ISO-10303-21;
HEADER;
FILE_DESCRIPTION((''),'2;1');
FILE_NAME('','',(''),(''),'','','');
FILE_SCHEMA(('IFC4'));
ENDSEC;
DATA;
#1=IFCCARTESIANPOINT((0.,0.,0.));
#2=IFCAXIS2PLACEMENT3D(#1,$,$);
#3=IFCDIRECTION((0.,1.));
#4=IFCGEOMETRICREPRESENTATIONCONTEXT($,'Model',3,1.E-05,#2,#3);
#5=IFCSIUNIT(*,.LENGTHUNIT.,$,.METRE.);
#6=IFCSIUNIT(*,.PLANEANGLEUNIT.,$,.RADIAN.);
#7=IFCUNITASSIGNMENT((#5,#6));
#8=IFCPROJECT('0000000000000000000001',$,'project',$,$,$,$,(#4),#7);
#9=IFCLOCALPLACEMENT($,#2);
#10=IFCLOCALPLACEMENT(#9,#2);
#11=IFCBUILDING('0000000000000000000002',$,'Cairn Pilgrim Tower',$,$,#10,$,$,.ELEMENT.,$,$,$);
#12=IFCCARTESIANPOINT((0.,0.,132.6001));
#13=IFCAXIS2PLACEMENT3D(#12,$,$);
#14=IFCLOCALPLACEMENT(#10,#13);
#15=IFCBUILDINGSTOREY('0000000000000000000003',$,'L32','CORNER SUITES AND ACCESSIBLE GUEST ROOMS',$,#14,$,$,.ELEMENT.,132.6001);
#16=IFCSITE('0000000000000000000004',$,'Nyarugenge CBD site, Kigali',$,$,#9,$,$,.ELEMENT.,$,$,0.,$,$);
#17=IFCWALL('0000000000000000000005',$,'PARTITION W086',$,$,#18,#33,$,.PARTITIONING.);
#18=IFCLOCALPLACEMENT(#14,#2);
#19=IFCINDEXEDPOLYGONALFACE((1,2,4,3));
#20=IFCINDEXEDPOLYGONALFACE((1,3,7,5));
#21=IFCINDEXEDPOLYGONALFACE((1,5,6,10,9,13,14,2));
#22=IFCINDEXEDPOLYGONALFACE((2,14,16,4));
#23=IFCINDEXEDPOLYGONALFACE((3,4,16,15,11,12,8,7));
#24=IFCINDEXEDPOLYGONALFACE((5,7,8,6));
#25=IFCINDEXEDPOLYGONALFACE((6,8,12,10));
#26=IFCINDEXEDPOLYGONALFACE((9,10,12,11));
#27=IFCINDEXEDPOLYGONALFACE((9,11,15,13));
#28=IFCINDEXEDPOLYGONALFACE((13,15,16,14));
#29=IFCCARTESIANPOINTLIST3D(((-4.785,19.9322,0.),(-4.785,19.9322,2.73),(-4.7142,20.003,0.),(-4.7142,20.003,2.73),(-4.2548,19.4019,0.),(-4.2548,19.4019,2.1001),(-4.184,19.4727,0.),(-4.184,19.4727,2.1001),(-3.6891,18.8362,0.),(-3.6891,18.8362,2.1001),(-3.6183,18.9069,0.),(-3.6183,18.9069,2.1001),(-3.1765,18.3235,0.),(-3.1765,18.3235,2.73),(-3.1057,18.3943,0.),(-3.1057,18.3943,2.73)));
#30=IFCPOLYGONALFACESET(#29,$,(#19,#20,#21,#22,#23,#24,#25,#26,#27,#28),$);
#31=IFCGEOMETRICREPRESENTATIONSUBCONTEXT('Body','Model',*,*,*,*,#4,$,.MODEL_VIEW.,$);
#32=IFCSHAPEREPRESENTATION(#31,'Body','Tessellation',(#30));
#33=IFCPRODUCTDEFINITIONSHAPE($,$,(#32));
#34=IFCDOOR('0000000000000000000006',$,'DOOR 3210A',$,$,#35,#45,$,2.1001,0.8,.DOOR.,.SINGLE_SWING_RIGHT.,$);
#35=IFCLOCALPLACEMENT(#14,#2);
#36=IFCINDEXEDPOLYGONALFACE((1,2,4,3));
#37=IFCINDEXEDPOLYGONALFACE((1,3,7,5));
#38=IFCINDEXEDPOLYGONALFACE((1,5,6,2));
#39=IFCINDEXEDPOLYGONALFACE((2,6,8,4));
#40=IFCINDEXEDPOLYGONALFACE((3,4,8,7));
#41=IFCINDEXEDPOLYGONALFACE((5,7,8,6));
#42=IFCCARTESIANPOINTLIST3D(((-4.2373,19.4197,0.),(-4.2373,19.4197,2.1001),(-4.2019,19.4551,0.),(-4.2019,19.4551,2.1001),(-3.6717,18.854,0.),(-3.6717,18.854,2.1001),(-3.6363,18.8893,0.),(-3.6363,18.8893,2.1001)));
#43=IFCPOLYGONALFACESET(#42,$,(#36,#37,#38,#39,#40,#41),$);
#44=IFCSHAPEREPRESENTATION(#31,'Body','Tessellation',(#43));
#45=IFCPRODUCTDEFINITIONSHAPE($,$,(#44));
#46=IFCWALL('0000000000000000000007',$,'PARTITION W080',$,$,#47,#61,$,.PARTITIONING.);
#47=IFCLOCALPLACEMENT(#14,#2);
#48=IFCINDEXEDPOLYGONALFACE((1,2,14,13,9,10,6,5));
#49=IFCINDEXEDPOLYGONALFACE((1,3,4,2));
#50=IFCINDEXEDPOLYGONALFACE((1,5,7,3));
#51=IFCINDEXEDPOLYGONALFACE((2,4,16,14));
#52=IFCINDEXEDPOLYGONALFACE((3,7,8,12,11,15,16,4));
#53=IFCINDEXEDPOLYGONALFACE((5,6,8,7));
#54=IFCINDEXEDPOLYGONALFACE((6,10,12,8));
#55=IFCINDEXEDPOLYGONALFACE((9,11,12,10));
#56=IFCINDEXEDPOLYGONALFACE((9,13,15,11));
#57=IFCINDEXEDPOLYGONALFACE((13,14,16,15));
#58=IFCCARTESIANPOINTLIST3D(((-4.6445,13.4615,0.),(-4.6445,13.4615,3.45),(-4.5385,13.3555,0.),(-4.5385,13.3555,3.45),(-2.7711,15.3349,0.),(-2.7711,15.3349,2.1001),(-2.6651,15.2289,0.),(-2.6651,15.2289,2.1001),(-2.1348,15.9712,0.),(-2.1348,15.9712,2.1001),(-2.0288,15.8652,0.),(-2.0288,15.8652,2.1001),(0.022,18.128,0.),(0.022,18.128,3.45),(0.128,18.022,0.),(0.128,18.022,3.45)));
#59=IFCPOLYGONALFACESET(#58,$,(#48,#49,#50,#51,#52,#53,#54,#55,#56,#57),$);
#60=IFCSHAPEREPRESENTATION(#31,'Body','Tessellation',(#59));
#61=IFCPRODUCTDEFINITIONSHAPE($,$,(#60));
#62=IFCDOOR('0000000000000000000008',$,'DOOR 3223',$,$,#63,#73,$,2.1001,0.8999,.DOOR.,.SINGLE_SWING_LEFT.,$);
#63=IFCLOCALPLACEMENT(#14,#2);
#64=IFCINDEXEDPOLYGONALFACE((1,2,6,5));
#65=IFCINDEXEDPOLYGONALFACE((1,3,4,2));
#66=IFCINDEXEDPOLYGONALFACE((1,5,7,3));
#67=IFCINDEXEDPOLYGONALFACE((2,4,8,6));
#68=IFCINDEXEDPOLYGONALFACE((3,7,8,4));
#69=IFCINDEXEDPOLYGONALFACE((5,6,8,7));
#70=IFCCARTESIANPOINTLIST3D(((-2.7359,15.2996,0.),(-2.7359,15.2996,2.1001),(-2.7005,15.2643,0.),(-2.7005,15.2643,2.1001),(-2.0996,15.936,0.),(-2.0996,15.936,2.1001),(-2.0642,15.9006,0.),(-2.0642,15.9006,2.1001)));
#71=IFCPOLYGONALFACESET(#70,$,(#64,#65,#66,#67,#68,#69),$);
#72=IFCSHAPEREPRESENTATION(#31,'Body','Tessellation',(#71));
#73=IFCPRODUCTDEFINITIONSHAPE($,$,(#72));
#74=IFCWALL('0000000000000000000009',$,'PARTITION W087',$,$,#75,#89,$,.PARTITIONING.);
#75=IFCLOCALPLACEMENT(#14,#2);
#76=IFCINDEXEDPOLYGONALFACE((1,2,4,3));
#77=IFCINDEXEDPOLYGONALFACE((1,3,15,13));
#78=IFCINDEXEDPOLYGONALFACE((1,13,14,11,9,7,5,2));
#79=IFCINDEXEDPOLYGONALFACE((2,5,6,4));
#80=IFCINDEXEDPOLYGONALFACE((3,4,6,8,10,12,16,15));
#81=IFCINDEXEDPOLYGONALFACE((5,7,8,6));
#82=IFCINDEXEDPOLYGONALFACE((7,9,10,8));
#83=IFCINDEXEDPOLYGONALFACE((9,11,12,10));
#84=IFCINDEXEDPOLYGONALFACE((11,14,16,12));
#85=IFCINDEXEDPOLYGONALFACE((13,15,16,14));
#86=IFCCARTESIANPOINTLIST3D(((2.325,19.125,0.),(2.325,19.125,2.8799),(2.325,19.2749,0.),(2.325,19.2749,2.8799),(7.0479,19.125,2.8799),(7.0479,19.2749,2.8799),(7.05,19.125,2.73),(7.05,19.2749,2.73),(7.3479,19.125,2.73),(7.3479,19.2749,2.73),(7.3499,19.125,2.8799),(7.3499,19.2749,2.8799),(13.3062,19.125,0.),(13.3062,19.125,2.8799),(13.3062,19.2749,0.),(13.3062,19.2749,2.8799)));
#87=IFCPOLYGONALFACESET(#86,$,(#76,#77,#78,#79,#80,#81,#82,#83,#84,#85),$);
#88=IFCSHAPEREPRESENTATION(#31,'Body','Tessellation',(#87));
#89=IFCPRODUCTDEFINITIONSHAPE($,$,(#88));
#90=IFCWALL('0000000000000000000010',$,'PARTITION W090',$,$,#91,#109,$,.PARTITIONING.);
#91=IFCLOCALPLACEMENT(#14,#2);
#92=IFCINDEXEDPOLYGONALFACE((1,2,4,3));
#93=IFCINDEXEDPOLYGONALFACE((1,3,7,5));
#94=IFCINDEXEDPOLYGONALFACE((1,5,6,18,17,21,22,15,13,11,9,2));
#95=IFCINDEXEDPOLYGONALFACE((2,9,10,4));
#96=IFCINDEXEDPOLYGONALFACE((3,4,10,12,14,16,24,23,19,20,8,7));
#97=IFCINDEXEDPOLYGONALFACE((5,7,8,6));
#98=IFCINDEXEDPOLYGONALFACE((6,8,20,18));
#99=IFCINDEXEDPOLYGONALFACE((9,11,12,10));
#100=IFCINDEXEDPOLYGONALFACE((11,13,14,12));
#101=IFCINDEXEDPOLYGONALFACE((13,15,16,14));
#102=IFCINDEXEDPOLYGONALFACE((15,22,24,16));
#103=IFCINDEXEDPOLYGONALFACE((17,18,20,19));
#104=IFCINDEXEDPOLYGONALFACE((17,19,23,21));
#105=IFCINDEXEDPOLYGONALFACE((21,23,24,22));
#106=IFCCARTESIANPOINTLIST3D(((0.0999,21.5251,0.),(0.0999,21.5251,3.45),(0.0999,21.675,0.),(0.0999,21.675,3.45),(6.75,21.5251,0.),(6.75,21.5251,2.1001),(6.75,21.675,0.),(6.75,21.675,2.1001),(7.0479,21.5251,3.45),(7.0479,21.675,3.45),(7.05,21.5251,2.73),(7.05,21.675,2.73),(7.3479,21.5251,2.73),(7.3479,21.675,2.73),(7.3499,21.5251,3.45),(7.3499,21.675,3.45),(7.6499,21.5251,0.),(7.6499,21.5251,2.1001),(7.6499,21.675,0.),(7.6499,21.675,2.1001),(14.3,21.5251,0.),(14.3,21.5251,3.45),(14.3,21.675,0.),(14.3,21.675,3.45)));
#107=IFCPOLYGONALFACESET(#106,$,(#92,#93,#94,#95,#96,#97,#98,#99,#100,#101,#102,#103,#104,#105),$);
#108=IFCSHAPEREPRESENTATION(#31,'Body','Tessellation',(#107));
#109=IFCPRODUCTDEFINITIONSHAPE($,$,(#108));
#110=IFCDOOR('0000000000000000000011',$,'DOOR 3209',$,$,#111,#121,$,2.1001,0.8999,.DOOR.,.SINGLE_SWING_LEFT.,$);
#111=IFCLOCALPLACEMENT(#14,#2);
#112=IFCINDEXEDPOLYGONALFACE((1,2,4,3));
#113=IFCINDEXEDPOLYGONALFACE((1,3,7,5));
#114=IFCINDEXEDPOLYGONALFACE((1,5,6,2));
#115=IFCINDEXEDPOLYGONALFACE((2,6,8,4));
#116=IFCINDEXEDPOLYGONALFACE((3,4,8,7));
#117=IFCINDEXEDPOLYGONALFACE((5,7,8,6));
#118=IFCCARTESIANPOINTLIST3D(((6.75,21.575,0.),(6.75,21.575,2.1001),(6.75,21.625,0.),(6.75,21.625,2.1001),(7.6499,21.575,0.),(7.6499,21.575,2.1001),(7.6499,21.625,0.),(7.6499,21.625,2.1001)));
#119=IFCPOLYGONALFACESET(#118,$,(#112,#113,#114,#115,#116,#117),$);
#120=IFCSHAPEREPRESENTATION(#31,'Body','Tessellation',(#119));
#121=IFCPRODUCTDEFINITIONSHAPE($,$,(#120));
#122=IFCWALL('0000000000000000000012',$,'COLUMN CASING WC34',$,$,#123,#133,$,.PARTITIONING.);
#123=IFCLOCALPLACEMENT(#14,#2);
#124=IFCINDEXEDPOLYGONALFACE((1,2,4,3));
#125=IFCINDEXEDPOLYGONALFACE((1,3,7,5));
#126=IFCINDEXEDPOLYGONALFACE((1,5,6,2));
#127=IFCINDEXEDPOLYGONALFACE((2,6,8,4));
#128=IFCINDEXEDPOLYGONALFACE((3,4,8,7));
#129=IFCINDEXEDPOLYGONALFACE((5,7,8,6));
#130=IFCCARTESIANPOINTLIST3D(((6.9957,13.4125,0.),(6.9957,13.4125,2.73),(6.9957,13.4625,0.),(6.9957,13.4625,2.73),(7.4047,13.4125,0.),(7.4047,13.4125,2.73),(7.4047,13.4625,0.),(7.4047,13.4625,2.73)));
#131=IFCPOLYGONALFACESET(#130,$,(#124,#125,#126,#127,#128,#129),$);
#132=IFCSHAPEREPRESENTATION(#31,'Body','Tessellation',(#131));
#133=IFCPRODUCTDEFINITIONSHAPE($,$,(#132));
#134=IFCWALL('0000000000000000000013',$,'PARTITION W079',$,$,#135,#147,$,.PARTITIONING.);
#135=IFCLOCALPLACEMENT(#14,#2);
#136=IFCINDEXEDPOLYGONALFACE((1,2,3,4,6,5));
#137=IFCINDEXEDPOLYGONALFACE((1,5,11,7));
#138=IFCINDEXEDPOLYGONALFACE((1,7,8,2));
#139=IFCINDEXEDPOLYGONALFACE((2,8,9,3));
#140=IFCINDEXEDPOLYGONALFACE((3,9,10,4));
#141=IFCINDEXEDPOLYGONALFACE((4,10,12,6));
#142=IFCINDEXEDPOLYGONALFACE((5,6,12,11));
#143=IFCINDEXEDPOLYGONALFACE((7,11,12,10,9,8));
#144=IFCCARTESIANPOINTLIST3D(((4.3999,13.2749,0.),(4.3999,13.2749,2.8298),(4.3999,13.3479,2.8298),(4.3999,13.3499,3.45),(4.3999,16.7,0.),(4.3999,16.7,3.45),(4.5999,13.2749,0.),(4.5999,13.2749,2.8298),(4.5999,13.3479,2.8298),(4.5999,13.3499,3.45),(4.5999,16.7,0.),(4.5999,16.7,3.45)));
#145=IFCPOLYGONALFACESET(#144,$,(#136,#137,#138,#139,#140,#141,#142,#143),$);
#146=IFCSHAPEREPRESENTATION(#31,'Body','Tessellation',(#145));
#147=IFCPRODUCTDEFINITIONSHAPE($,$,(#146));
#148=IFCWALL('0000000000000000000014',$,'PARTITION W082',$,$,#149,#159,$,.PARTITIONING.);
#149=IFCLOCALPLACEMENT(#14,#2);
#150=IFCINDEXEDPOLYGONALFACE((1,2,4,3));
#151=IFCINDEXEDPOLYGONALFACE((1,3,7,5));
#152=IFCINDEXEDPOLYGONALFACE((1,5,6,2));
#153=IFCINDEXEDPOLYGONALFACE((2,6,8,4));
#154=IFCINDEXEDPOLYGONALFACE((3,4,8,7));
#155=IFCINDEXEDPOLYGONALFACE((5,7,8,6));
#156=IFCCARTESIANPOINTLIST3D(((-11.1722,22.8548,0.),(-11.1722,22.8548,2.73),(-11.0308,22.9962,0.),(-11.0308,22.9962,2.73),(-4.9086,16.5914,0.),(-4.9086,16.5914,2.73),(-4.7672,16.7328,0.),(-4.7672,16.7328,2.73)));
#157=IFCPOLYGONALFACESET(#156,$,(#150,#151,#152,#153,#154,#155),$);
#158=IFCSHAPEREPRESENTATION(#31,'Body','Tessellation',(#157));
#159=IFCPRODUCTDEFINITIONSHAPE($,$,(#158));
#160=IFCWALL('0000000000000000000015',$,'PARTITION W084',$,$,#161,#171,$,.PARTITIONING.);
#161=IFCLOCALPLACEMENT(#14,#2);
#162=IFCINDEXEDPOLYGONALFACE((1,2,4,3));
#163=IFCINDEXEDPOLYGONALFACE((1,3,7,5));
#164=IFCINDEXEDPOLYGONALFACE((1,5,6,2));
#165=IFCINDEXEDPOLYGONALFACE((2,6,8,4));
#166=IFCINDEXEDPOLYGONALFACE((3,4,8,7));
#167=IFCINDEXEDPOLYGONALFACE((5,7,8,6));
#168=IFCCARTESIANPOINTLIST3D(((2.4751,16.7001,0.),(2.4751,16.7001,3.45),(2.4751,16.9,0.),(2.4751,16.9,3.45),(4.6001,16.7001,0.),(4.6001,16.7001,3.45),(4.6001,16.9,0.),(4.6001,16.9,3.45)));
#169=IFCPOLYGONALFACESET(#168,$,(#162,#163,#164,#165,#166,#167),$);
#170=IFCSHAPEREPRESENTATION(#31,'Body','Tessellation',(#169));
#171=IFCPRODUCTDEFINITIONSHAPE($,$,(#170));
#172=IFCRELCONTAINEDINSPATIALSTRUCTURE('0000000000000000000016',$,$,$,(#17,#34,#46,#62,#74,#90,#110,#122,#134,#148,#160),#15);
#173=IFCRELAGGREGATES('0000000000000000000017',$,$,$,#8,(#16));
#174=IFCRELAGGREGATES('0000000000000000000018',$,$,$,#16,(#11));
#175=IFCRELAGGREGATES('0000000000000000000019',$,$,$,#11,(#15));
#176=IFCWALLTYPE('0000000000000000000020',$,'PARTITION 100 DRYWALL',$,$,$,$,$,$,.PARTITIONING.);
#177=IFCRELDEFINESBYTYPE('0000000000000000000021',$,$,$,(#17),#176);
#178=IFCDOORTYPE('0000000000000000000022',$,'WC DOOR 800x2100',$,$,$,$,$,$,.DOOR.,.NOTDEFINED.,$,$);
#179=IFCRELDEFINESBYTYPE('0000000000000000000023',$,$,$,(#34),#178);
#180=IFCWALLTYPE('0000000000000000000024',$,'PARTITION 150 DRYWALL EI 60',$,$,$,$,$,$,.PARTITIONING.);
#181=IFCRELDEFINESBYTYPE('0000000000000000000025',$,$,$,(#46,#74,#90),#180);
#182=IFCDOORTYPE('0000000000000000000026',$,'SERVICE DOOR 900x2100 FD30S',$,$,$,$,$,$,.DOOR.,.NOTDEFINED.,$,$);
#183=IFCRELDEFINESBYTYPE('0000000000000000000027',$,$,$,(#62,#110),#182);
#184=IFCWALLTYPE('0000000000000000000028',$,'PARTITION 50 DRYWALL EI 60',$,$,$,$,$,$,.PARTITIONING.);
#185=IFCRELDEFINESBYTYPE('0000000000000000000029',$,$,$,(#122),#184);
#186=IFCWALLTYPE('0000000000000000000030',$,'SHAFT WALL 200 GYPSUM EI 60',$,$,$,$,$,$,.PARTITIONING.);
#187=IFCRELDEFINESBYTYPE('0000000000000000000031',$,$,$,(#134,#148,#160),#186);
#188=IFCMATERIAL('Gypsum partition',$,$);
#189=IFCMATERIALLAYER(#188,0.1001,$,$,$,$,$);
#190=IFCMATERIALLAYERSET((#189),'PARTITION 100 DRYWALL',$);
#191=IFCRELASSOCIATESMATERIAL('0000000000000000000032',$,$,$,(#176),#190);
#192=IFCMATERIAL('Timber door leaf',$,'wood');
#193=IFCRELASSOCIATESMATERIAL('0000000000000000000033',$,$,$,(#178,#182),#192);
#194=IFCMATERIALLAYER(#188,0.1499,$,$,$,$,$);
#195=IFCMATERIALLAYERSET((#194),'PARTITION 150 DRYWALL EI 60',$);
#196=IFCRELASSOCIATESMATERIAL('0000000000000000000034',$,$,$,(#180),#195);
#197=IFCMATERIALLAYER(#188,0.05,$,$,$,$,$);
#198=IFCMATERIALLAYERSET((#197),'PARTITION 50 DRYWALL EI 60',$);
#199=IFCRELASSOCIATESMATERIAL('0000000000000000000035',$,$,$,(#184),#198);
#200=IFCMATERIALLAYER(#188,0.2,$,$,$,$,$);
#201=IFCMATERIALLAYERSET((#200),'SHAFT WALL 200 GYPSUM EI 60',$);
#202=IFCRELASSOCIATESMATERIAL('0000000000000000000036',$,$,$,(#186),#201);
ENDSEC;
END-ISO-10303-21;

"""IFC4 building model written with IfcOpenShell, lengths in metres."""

from ifc_helpers import new_model, si_unit, direction, frame, frame_2d, origin, place, context, subcontext, project, spatial, polyline, rectangle, outline, extrude, material, layer, layer_set, type_object, element, fill, save


model = new_model("IFC4")

# Units and contexts
model_context = context("Model", 3, precision=1e-05, world=origin(), true_north=direction((0.0, 1.0)))
body_context = subcontext(model_context, "Body", "Model", "MODEL_VIEW")
ifc_project = project(units=[si_unit("LENGTHUNIT", "METRE"), si_unit("PLANEANGLEUNIT", "RADIAN")], contexts=[model_context])

# Site, building, storey
site_placement = place(None, origin())
site = spatial("IfcSite", under=ifc_project, at=site_placement, Name="Nyarugenge CBD site, Kigali", CompositionType="ELEMENT", RefElevation=0.0)
building_placement = place(site_placement, origin())
building = spatial("IfcBuilding", under=site, at=building_placement, Name="Cairn Pilgrim Tower", CompositionType="ELEMENT")
storey_placement = place(building_placement, frame((0.0, 0.0, 132.6001)))
storey = spatial("IfcBuildingStorey", under=building, at=storey_placement, Name="L32", Description="CORNER SUITES AND ACCESSIBLE GUEST ROOMS", CompositionType="ELEMENT", Elevation=132.6001)

# Shared definitions
ifc_material_1 = material(Name="Gypsum partition")
ifc_layer_1 = layer(ifc_material_1, 0.1001)
ifc_layer_set_1 = layer_set([ifc_layer_1], Name="PARTITION 100 DRYWALL")
wall_type_1 = type_object("IfcWallType", Name="PARTITION 100 DRYWALL", PredefinedType="PARTITIONING", material=ifc_layer_set_1)

# Walls, openings, doors
wall_1_placement = place(storey_placement, frame((-3.1411, 18.3589, 0.0), z_axis=(0.0, 0.0, 1.0), x_axis=(-0.707053, 0.70716, 0.0)))
wall_1 = element("IfcWall", 1, at=wall_1_placement, inside=storey, type_object=wall_type_1, Name="PARTITION W086", PredefinedType="PARTITIONING", context=body_context, shape_type="SweptSolid", body=[
    extrude(rectangle(XDim=2.2749, YDim=0.1001, at=frame_2d((1.1375, 0.0))), origin(), (0.0, 0.0, 1.0), 2.73),
])
opening_1_placement = place(wall_1_placement, frame((0.7251, 0.0, 0.0)))
opening_1 = element("IfcOpeningElement", 2, at=opening_1_placement, cuts=wall_1, PredefinedType="OPENING", context=body_context, shape_type="SweptSolid", body=[
    extrude(rectangle(XDim=0.8, YDim=2.1001, at=frame_2d((0.3999, 1.05))), frame((0.0, 0.0601, 0.0), z_axis=(0.0, -1.0, 0.0), x_axis=(1.0, 0.0, 0.0)), (0.0, 0.0, 1.0), 0.1201),
])
ifc_material_2 = material(Name="Timber door leaf", Category="wood")
door_type_1 = type_object("IfcDoorType", Name="WC DOOR 800x2100", OperationType="NOTDEFINED", PredefinedType="DOOR", material=ifc_material_2)
door_1_placement = place(opening_1_placement, frame((0.8, 0.0, 0.0), z_axis=(0.0, 0.0, 1.0), x_axis=(-1.0, 0.0, 0.0)))
door_1 = element("IfcDoor", 3, at=door_1_placement, inside=storey, type_object=door_type_1, Name="DOOR 3210A", OperationType="SINGLE_SWING_RIGHT", OverallHeight=2.1001, OverallWidth=0.8, PredefinedType="DOOR", context=body_context, shape_type="SweptSolid", body=[
    extrude(rectangle(XDim=0.8, YDim=2.1001, at=frame_2d((0.3999, 1.05))), frame((0.0, 0.0249, 0.0), z_axis=(0.0, -1.0, 0.0), x_axis=(1.0, 0.0, 0.0)), (0.0, 0.0, 1.0), 0.05),
])
fill(opening_1, door_1)
ifc_layer_2 = layer(ifc_material_1, 0.1499)
ifc_layer_set_2 = layer_set([ifc_layer_2], Name="PARTITION 150 DRYWALL EI 60")
wall_type_2 = type_object("IfcWallType", Name="PARTITION 150 DRYWALL EI 60", PredefinedType="PARTITIONING", material=ifc_layer_set_2)
wall_2_placement = place(storey_placement, frame((-4.5916, 13.4084, 0.0), z_axis=(0.0, 0.0, 1.0), x_axis=(0.707107, 0.707107, 0.0)))
wall_2 = element("IfcWall", 4, at=wall_2_placement, inside=storey, type_object=wall_type_2, Name="PARTITION W080", PredefinedType="PARTITIONING", context=body_context, shape_type="SweptSolid", body=[
    extrude(rectangle(XDim=6.5994, YDim=0.1499, at=frame_2d((3.2998, 0.0))), origin(), (0.0, 0.0, 1.0), 3.45),
])
opening_2_placement = place(wall_2_placement, frame((2.6494, 0.0, 0.0)))
opening_2 = element("IfcOpeningElement", 5, at=opening_2_placement, cuts=wall_2, PredefinedType="OPENING", context=body_context, shape_type="SweptSolid", body=[
    extrude(rectangle(XDim=0.8999, YDim=2.1001, at=frame_2d((0.45, 1.05))), frame((0.0, 0.085, 0.0), z_axis=(0.0, -1.0, 0.0), x_axis=(1.0, 0.0, 0.0)), (0.0, 0.0, 1.0), 0.1699),
])
door_type_2 = type_object("IfcDoorType", Name="SERVICE DOOR 900x2100 FD30S", OperationType="NOTDEFINED", PredefinedType="DOOR", material=ifc_material_2)
door_2_placement = place(opening_2_placement, frame((0.8999, 0.0, 0.0), z_axis=(0.0, 0.0, 1.0), x_axis=(-1.0, 0.0, 0.0)))
door_2 = element("IfcDoor", 6, at=door_2_placement, inside=storey, type_object=door_type_2, Name="DOOR 3223", OperationType="SINGLE_SWING_LEFT", OverallHeight=2.1001, OverallWidth=0.8999, PredefinedType="DOOR", context=body_context, shape_type="SweptSolid", body=[
    extrude(rectangle(XDim=0.8999, YDim=2.1001, at=frame_2d((0.45, 1.05))), frame((0.0, 0.0249, 0.0), z_axis=(0.0, -1.0, 0.0), x_axis=(1.0, 0.0, 0.0)), (0.0, 0.0, 1.0), 0.05),
])
fill(opening_2, door_2)

# Wall
wall_3_placement = place(storey_placement, frame((2.325, 19.2, 0.0), z_axis=(0.0, 0.0, 1.0), x_axis=(1.0, 0.0, 0.0)))
element("IfcWall", 7, at=wall_3_placement, inside=storey, type_object=wall_type_2, Name="PARTITION W087", PredefinedType="PARTITIONING", context=body_context, shape_type="SweptSolid", body=[
    extrude(outline(polyline([(0.0, 0.0), (10.9812, 0.0), (10.9812, 2.8799), (5.0249, 2.8799), (5.0229, 2.73), (4.7251, 2.73), (4.7229, 2.8799), (0.0, 2.8799), (0.0, 0.0)])), frame((0.0, 0.075, 0.0), z_axis=(0.0, -1.0, 0.0), x_axis=(1.0, 0.0, 0.0)), (0.0, 0.0, 1.0), 0.1499),
])

# Wall, opening, door
wall_4_placement = place(storey_placement, frame((0.0999, 21.6001, 0.0), z_axis=(0.0, 0.0, 1.0), x_axis=(1.0, 0.0, 0.0)))
wall_4 = element("IfcWall", 8, at=wall_4_placement, inside=storey, type_object=wall_type_2, Name="PARTITION W090", PredefinedType="PARTITIONING", context=body_context, shape_type="SweptSolid", body=[
    extrude(outline(polyline([(0.0, 0.0), (14.2002, 0.0), (14.2002, 3.45), (7.25, 3.45), (7.248, 2.73), (6.9502, 2.73), (6.948, 3.45), (0.0, 3.45), (0.0, 0.0)])), frame((0.0, 0.075, 0.0), z_axis=(0.0, -1.0, 0.0), x_axis=(1.0, 0.0, 0.0)), (0.0, 0.0, 1.0), 0.1499),
])
opening_3_placement = place(wall_4_placement, frame((6.6501, 0.0, 0.0)))
opening_3 = element("IfcOpeningElement", 9, at=opening_3_placement, cuts=wall_4, PredefinedType="OPENING", context=body_context, shape_type="SweptSolid", body=[
    extrude(rectangle(XDim=0.8999, YDim=2.1001, at=frame_2d((0.45, 1.05))), frame((0.0, 0.085, 0.0), z_axis=(0.0, -1.0, 0.0), x_axis=(1.0, 0.0, 0.0)), (0.0, 0.0, 1.0), 0.1699),
])
door_3_placement = place(opening_3_placement, origin())
door_3 = element("IfcDoor", 10, at=door_3_placement, inside=storey, type_object=door_type_2, Name="DOOR 3209", OperationType="SINGLE_SWING_LEFT", OverallHeight=2.1001, OverallWidth=0.8999, PredefinedType="DOOR", context=body_context, shape_type="SweptSolid", body=[
    extrude(rectangle(XDim=0.8999, YDim=2.1001, at=frame_2d((0.45, 1.05))), frame((0.0, 0.0249, 0.0), z_axis=(0.0, -1.0, 0.0), x_axis=(1.0, 0.0, 0.0)), (0.0, 0.0, 1.0), 0.05),
])
fill(opening_3, door_3)

# Walls
ifc_layer_3 = layer(ifc_material_1, 0.05)
ifc_layer_set_3 = layer_set([ifc_layer_3], Name="PARTITION 50 DRYWALL EI 60")
wall_type_3 = type_object("IfcWallType", Name="PARTITION 50 DRYWALL EI 60", PredefinedType="PARTITIONING", material=ifc_layer_set_3)
wall_5_placement = place(storey_placement, frame((6.9956, 13.4375, 0.0), z_axis=(0.0, 0.0, 1.0), x_axis=(1.0, 0.0, 0.0)))
element("IfcWall", 11, at=wall_5_placement, inside=storey, type_object=wall_type_3, Name="COLUMN CASING WC34", PredefinedType="PARTITIONING", context=body_context, shape_type="SweptSolid", body=[
    extrude(rectangle(XDim=0.4089, YDim=0.05, at=frame_2d((0.2046, 0.0))), origin(), (0.0, 0.0, 1.0), 2.73),
])
ifc_layer_4 = layer(ifc_material_1, 0.2)
ifc_layer_set_4 = layer_set([ifc_layer_4], Name="SHAFT WALL 200 GYPSUM EI 60")
wall_type_4 = type_object("IfcWallType", Name="SHAFT WALL 200 GYPSUM EI 60", PredefinedType="PARTITIONING", material=ifc_layer_set_4)
wall_6_placement = place(storey_placement, frame((4.5, 13.2749, 0.0), z_axis=(0.0, 0.0, 1.0), x_axis=(0.0, 1.0, 0.0)))
element("IfcWall", 12, at=wall_6_placement, inside=storey, type_object=wall_type_4, Name="PARTITION W079", PredefinedType="PARTITIONING", context=body_context, shape_type="SweptSolid", body=[
    extrude(outline(polyline([(0.0, 0.0), (3.425, 0.0), (3.425, 3.45), (0.075, 3.45), (0.073, 2.8298), (0.0, 2.8298), (0.0, 0.0)])), frame((0.0, 0.1001, 0.0), z_axis=(0.0, -1.0, 0.0), x_axis=(1.0, 0.0, 0.0)), (0.0, 0.0, 1.0), 0.2),
])
wall_7_placement = place(storey_placement, frame((-4.8379, 16.6621, 0.0), z_axis=(0.0, 0.0, 1.0), x_axis=(-0.707121, 0.707093, 0.0)))
element("IfcWall", 13, at=wall_7_placement, inside=storey, type_object=wall_type_4, Name="PARTITION W082", PredefinedType="PARTITIONING", context=body_context, shape_type="SweptSolid", body=[
    extrude(rectangle(XDim=8.8579, YDim=0.2, at=frame_2d((4.429, 0.0))), origin(), (0.0, 0.0, 1.0), 2.73),
])
wall_8_placement = place(storey_placement, frame((2.4751, 16.8, 0.0), z_axis=(0.0, 0.0, 1.0), x_axis=(1.0, 0.0, 0.0)))
element("IfcWall", 14, at=wall_8_placement, inside=storey, type_object=wall_type_4, Name="PARTITION W084", PredefinedType="PARTITIONING", context=body_context, shape_type="SweptSolid", body=[
    extrude(rectangle(XDim=2.125, YDim=0.2, at=frame_2d((1.0625, 0.0))), origin(), (0.0, 0.0, 1.0), 3.45),
])

save(model, "model.ifc")
